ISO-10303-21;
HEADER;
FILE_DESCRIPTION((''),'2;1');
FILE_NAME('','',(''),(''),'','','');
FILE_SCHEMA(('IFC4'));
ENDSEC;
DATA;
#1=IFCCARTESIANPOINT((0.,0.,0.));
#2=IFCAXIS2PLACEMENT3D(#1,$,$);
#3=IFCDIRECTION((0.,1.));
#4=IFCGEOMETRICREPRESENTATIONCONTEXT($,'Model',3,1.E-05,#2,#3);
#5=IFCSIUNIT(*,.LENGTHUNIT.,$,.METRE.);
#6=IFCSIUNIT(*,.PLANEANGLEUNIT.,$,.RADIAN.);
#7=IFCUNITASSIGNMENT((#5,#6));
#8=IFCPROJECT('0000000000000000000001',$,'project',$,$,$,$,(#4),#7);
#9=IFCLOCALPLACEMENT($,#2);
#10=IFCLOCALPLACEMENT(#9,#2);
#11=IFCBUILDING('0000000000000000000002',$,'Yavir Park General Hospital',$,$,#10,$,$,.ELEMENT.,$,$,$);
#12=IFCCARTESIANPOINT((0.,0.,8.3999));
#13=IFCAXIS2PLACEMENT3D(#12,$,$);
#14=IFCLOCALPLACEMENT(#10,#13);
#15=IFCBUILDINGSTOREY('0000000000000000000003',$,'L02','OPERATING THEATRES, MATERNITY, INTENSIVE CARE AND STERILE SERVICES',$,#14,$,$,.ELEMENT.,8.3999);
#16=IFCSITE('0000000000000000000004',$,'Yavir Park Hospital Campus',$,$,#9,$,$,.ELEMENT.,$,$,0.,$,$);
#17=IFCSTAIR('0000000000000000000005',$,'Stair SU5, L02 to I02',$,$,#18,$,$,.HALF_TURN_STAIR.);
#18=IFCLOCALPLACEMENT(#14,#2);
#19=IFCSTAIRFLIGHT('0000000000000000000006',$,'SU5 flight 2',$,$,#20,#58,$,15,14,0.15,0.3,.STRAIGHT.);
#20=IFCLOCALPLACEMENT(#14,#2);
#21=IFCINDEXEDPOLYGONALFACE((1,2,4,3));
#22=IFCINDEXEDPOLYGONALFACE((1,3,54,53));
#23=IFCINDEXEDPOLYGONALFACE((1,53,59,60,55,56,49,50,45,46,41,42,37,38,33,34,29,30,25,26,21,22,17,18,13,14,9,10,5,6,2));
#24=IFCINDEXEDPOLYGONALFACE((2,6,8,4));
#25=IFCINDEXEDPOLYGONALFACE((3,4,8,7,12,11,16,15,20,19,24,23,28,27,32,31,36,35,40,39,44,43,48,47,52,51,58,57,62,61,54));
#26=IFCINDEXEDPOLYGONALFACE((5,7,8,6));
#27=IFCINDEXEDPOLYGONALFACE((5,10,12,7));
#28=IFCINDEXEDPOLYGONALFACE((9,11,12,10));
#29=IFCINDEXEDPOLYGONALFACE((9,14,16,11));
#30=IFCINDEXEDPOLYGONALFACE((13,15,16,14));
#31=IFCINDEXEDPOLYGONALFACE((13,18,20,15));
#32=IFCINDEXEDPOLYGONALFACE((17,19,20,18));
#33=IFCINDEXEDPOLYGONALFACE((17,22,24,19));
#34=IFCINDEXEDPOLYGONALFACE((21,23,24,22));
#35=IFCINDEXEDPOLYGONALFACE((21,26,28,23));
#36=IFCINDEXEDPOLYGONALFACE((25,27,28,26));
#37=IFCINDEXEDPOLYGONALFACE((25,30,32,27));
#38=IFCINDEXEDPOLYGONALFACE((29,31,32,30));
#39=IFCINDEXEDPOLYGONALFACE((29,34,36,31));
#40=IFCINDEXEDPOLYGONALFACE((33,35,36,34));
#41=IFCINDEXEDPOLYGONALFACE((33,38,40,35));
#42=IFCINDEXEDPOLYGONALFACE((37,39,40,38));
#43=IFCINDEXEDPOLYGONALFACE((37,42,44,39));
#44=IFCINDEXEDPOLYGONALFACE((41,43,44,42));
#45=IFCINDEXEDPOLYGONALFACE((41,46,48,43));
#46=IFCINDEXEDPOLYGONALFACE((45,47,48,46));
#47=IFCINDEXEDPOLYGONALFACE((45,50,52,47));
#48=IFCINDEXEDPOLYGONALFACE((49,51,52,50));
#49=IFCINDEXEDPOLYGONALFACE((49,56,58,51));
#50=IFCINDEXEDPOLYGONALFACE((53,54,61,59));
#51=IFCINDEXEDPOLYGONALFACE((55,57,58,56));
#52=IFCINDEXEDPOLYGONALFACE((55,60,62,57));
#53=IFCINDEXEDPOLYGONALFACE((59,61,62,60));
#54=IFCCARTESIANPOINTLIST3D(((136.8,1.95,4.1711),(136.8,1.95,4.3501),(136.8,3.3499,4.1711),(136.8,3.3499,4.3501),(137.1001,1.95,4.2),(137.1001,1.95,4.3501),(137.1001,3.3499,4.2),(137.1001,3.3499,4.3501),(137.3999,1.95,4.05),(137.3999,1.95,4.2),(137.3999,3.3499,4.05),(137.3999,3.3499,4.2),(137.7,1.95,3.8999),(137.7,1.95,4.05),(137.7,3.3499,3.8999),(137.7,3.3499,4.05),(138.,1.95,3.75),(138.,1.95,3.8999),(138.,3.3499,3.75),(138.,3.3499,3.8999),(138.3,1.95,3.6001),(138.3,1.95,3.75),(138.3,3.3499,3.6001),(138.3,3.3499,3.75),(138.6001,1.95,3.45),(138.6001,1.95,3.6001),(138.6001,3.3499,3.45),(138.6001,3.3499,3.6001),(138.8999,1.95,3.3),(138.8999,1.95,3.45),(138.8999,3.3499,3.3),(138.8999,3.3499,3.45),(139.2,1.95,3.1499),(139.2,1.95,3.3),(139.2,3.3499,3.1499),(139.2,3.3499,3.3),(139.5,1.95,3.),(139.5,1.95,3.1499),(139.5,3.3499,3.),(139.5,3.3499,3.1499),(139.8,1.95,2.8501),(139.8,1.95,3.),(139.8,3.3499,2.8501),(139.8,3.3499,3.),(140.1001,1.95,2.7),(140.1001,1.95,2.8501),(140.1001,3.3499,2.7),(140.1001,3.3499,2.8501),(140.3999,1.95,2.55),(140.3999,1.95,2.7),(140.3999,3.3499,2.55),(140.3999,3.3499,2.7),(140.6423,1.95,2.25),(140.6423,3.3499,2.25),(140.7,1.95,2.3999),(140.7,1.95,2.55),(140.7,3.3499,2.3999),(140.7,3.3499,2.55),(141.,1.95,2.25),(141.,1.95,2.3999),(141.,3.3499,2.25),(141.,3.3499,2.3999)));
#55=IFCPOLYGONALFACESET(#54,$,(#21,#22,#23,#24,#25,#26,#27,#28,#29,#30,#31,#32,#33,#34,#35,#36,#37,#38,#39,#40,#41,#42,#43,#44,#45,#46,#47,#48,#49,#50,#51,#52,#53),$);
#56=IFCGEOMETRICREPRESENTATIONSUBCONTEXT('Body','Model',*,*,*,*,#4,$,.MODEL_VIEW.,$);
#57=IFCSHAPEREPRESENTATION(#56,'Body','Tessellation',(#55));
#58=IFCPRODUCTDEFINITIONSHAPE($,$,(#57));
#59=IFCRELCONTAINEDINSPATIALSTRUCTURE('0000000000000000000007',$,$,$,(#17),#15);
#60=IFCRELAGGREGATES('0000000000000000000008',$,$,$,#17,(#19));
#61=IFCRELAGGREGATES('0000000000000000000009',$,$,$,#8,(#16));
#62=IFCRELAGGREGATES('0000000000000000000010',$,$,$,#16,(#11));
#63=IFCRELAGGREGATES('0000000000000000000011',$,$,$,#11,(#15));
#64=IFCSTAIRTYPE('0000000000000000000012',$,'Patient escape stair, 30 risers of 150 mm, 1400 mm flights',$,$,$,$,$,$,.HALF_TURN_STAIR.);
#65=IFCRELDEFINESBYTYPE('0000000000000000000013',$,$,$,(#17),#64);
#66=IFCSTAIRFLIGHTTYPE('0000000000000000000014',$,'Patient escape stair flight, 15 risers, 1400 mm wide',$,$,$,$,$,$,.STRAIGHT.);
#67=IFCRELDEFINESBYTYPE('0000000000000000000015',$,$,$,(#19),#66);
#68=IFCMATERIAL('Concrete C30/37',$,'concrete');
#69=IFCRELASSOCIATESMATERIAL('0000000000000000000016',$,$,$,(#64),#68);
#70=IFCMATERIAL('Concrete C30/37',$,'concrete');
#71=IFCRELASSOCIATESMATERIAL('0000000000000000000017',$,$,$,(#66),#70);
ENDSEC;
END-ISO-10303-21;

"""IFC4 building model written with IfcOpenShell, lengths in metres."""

from ifc_helpers import new_model, si_unit, direction, frame, origin, place, context, subcontext, project, spatial, polyline, outline, extrude, material, type_object, element, aggregate, save


model = new_model("IFC4")

# Units and contexts
model_context = context("Model", 3, precision=1e-05, world=origin(), true_north=direction((0.0, 1.0)))
body_context = subcontext(model_context, "Body", "Model", "MODEL_VIEW")
ifc_project = project(units=[si_unit("LENGTHUNIT", "METRE"), si_unit("PLANEANGLEUNIT", "RADIAN")], contexts=[model_context])

# Site, building, storey
site_placement = place(None, origin())
site = spatial("IfcSite", under=ifc_project, at=site_placement, Name="Yavir Park Hospital Campus", CompositionType="ELEMENT", RefElevation=0.0)
building_placement = place(site_placement, origin())
building = spatial("IfcBuilding", under=site, at=building_placement, Name="Yavir Park General Hospital", CompositionType="ELEMENT")
storey_placement = place(building_placement, frame((0.0, 0.0, 8.3999)))
storey = spatial("IfcBuildingStorey", under=building, at=storey_placement, Name="L02", Description="OPERATING THEATRES, MATERNITY, INTENSIVE CARE AND STERILE SERVICES", CompositionType="ELEMENT", Elevation=8.3999)

# Stair, stair flight
ifc_material_1 = material(Name="Concrete C30/37", Category="concrete")
stair_type = type_object("IfcStairType", Name="Patient escape stair, 30 risers of 150 mm, 1400 mm flights", PredefinedType="HALF_TURN_STAIR", material=ifc_material_1)
stair_placement = place(storey_placement, origin())
stair = element("IfcStair", 1, at=stair_placement, inside=storey, type_object=stair_type, Name="Stair SU5, L02 to I02", PredefinedType="HALF_TURN_STAIR")
ifc_material_2 = material(Name="Concrete C30/37", Category="concrete")
stair_flight_type = type_object("IfcStairFlightType", Name="Patient escape stair flight, 15 risers, 1400 mm wide", PredefinedType="STRAIGHT", material=ifc_material_2)
stair_flight_placement = place(storey_placement, frame((141.0, 2.6499, 2.25), z_axis=(0.0, 0.0, 1.0), x_axis=(-1.0, 0.0, 0.0)))
stair_flight = element("IfcStairFlight", 2, at=stair_flight_placement, type_object=stair_flight_type, Name="SU5 flight 2", NumberOfRisers=15, NumberOfTreads=14, PredefinedType="STRAIGHT", RiserHeight=0.15, TreadLength=0.3, context=body_context, shape_type="SweptSolid", body=[
    extrude(outline(polyline([(0.0, 0.0), (0.0, 0.1499), (0.3, 0.1499), (0.3, 0.3), (0.6001, 0.3), (0.6001, 0.45), (0.8999, 0.45), (0.8999, 0.6001), (1.2, 0.6001), (1.2, 0.75), (1.5, 0.75), (1.5, 0.8999), (1.8, 0.8999), (1.8, 1.05), (2.1001, 1.05), (2.1001, 1.2), (2.3999, 1.2), (2.3999, 1.3501), (2.7, 1.3501), (2.7, 1.5), (3.0, 1.5), (3.0, 1.6499), (3.3, 1.6499), (3.3, 1.8), (3.6001, 1.8), (3.6001, 1.95), (3.8999, 1.95), (3.8999, 2.1001), (4.2, 2.1001), (4.2, 2.25), (4.2, 1.9211), (0.3577, 0.0), (0.0, 0.0)])), frame((0.0, 0.7, 0.0), z_axis=(0.0, -1.0, 0.0), x_axis=(1.0, 0.0, 0.0)), (0.0, 0.0, 1.0), 1.3999),
])
aggregate(stair, [stair_flight])

save(model, "model.ifc")
